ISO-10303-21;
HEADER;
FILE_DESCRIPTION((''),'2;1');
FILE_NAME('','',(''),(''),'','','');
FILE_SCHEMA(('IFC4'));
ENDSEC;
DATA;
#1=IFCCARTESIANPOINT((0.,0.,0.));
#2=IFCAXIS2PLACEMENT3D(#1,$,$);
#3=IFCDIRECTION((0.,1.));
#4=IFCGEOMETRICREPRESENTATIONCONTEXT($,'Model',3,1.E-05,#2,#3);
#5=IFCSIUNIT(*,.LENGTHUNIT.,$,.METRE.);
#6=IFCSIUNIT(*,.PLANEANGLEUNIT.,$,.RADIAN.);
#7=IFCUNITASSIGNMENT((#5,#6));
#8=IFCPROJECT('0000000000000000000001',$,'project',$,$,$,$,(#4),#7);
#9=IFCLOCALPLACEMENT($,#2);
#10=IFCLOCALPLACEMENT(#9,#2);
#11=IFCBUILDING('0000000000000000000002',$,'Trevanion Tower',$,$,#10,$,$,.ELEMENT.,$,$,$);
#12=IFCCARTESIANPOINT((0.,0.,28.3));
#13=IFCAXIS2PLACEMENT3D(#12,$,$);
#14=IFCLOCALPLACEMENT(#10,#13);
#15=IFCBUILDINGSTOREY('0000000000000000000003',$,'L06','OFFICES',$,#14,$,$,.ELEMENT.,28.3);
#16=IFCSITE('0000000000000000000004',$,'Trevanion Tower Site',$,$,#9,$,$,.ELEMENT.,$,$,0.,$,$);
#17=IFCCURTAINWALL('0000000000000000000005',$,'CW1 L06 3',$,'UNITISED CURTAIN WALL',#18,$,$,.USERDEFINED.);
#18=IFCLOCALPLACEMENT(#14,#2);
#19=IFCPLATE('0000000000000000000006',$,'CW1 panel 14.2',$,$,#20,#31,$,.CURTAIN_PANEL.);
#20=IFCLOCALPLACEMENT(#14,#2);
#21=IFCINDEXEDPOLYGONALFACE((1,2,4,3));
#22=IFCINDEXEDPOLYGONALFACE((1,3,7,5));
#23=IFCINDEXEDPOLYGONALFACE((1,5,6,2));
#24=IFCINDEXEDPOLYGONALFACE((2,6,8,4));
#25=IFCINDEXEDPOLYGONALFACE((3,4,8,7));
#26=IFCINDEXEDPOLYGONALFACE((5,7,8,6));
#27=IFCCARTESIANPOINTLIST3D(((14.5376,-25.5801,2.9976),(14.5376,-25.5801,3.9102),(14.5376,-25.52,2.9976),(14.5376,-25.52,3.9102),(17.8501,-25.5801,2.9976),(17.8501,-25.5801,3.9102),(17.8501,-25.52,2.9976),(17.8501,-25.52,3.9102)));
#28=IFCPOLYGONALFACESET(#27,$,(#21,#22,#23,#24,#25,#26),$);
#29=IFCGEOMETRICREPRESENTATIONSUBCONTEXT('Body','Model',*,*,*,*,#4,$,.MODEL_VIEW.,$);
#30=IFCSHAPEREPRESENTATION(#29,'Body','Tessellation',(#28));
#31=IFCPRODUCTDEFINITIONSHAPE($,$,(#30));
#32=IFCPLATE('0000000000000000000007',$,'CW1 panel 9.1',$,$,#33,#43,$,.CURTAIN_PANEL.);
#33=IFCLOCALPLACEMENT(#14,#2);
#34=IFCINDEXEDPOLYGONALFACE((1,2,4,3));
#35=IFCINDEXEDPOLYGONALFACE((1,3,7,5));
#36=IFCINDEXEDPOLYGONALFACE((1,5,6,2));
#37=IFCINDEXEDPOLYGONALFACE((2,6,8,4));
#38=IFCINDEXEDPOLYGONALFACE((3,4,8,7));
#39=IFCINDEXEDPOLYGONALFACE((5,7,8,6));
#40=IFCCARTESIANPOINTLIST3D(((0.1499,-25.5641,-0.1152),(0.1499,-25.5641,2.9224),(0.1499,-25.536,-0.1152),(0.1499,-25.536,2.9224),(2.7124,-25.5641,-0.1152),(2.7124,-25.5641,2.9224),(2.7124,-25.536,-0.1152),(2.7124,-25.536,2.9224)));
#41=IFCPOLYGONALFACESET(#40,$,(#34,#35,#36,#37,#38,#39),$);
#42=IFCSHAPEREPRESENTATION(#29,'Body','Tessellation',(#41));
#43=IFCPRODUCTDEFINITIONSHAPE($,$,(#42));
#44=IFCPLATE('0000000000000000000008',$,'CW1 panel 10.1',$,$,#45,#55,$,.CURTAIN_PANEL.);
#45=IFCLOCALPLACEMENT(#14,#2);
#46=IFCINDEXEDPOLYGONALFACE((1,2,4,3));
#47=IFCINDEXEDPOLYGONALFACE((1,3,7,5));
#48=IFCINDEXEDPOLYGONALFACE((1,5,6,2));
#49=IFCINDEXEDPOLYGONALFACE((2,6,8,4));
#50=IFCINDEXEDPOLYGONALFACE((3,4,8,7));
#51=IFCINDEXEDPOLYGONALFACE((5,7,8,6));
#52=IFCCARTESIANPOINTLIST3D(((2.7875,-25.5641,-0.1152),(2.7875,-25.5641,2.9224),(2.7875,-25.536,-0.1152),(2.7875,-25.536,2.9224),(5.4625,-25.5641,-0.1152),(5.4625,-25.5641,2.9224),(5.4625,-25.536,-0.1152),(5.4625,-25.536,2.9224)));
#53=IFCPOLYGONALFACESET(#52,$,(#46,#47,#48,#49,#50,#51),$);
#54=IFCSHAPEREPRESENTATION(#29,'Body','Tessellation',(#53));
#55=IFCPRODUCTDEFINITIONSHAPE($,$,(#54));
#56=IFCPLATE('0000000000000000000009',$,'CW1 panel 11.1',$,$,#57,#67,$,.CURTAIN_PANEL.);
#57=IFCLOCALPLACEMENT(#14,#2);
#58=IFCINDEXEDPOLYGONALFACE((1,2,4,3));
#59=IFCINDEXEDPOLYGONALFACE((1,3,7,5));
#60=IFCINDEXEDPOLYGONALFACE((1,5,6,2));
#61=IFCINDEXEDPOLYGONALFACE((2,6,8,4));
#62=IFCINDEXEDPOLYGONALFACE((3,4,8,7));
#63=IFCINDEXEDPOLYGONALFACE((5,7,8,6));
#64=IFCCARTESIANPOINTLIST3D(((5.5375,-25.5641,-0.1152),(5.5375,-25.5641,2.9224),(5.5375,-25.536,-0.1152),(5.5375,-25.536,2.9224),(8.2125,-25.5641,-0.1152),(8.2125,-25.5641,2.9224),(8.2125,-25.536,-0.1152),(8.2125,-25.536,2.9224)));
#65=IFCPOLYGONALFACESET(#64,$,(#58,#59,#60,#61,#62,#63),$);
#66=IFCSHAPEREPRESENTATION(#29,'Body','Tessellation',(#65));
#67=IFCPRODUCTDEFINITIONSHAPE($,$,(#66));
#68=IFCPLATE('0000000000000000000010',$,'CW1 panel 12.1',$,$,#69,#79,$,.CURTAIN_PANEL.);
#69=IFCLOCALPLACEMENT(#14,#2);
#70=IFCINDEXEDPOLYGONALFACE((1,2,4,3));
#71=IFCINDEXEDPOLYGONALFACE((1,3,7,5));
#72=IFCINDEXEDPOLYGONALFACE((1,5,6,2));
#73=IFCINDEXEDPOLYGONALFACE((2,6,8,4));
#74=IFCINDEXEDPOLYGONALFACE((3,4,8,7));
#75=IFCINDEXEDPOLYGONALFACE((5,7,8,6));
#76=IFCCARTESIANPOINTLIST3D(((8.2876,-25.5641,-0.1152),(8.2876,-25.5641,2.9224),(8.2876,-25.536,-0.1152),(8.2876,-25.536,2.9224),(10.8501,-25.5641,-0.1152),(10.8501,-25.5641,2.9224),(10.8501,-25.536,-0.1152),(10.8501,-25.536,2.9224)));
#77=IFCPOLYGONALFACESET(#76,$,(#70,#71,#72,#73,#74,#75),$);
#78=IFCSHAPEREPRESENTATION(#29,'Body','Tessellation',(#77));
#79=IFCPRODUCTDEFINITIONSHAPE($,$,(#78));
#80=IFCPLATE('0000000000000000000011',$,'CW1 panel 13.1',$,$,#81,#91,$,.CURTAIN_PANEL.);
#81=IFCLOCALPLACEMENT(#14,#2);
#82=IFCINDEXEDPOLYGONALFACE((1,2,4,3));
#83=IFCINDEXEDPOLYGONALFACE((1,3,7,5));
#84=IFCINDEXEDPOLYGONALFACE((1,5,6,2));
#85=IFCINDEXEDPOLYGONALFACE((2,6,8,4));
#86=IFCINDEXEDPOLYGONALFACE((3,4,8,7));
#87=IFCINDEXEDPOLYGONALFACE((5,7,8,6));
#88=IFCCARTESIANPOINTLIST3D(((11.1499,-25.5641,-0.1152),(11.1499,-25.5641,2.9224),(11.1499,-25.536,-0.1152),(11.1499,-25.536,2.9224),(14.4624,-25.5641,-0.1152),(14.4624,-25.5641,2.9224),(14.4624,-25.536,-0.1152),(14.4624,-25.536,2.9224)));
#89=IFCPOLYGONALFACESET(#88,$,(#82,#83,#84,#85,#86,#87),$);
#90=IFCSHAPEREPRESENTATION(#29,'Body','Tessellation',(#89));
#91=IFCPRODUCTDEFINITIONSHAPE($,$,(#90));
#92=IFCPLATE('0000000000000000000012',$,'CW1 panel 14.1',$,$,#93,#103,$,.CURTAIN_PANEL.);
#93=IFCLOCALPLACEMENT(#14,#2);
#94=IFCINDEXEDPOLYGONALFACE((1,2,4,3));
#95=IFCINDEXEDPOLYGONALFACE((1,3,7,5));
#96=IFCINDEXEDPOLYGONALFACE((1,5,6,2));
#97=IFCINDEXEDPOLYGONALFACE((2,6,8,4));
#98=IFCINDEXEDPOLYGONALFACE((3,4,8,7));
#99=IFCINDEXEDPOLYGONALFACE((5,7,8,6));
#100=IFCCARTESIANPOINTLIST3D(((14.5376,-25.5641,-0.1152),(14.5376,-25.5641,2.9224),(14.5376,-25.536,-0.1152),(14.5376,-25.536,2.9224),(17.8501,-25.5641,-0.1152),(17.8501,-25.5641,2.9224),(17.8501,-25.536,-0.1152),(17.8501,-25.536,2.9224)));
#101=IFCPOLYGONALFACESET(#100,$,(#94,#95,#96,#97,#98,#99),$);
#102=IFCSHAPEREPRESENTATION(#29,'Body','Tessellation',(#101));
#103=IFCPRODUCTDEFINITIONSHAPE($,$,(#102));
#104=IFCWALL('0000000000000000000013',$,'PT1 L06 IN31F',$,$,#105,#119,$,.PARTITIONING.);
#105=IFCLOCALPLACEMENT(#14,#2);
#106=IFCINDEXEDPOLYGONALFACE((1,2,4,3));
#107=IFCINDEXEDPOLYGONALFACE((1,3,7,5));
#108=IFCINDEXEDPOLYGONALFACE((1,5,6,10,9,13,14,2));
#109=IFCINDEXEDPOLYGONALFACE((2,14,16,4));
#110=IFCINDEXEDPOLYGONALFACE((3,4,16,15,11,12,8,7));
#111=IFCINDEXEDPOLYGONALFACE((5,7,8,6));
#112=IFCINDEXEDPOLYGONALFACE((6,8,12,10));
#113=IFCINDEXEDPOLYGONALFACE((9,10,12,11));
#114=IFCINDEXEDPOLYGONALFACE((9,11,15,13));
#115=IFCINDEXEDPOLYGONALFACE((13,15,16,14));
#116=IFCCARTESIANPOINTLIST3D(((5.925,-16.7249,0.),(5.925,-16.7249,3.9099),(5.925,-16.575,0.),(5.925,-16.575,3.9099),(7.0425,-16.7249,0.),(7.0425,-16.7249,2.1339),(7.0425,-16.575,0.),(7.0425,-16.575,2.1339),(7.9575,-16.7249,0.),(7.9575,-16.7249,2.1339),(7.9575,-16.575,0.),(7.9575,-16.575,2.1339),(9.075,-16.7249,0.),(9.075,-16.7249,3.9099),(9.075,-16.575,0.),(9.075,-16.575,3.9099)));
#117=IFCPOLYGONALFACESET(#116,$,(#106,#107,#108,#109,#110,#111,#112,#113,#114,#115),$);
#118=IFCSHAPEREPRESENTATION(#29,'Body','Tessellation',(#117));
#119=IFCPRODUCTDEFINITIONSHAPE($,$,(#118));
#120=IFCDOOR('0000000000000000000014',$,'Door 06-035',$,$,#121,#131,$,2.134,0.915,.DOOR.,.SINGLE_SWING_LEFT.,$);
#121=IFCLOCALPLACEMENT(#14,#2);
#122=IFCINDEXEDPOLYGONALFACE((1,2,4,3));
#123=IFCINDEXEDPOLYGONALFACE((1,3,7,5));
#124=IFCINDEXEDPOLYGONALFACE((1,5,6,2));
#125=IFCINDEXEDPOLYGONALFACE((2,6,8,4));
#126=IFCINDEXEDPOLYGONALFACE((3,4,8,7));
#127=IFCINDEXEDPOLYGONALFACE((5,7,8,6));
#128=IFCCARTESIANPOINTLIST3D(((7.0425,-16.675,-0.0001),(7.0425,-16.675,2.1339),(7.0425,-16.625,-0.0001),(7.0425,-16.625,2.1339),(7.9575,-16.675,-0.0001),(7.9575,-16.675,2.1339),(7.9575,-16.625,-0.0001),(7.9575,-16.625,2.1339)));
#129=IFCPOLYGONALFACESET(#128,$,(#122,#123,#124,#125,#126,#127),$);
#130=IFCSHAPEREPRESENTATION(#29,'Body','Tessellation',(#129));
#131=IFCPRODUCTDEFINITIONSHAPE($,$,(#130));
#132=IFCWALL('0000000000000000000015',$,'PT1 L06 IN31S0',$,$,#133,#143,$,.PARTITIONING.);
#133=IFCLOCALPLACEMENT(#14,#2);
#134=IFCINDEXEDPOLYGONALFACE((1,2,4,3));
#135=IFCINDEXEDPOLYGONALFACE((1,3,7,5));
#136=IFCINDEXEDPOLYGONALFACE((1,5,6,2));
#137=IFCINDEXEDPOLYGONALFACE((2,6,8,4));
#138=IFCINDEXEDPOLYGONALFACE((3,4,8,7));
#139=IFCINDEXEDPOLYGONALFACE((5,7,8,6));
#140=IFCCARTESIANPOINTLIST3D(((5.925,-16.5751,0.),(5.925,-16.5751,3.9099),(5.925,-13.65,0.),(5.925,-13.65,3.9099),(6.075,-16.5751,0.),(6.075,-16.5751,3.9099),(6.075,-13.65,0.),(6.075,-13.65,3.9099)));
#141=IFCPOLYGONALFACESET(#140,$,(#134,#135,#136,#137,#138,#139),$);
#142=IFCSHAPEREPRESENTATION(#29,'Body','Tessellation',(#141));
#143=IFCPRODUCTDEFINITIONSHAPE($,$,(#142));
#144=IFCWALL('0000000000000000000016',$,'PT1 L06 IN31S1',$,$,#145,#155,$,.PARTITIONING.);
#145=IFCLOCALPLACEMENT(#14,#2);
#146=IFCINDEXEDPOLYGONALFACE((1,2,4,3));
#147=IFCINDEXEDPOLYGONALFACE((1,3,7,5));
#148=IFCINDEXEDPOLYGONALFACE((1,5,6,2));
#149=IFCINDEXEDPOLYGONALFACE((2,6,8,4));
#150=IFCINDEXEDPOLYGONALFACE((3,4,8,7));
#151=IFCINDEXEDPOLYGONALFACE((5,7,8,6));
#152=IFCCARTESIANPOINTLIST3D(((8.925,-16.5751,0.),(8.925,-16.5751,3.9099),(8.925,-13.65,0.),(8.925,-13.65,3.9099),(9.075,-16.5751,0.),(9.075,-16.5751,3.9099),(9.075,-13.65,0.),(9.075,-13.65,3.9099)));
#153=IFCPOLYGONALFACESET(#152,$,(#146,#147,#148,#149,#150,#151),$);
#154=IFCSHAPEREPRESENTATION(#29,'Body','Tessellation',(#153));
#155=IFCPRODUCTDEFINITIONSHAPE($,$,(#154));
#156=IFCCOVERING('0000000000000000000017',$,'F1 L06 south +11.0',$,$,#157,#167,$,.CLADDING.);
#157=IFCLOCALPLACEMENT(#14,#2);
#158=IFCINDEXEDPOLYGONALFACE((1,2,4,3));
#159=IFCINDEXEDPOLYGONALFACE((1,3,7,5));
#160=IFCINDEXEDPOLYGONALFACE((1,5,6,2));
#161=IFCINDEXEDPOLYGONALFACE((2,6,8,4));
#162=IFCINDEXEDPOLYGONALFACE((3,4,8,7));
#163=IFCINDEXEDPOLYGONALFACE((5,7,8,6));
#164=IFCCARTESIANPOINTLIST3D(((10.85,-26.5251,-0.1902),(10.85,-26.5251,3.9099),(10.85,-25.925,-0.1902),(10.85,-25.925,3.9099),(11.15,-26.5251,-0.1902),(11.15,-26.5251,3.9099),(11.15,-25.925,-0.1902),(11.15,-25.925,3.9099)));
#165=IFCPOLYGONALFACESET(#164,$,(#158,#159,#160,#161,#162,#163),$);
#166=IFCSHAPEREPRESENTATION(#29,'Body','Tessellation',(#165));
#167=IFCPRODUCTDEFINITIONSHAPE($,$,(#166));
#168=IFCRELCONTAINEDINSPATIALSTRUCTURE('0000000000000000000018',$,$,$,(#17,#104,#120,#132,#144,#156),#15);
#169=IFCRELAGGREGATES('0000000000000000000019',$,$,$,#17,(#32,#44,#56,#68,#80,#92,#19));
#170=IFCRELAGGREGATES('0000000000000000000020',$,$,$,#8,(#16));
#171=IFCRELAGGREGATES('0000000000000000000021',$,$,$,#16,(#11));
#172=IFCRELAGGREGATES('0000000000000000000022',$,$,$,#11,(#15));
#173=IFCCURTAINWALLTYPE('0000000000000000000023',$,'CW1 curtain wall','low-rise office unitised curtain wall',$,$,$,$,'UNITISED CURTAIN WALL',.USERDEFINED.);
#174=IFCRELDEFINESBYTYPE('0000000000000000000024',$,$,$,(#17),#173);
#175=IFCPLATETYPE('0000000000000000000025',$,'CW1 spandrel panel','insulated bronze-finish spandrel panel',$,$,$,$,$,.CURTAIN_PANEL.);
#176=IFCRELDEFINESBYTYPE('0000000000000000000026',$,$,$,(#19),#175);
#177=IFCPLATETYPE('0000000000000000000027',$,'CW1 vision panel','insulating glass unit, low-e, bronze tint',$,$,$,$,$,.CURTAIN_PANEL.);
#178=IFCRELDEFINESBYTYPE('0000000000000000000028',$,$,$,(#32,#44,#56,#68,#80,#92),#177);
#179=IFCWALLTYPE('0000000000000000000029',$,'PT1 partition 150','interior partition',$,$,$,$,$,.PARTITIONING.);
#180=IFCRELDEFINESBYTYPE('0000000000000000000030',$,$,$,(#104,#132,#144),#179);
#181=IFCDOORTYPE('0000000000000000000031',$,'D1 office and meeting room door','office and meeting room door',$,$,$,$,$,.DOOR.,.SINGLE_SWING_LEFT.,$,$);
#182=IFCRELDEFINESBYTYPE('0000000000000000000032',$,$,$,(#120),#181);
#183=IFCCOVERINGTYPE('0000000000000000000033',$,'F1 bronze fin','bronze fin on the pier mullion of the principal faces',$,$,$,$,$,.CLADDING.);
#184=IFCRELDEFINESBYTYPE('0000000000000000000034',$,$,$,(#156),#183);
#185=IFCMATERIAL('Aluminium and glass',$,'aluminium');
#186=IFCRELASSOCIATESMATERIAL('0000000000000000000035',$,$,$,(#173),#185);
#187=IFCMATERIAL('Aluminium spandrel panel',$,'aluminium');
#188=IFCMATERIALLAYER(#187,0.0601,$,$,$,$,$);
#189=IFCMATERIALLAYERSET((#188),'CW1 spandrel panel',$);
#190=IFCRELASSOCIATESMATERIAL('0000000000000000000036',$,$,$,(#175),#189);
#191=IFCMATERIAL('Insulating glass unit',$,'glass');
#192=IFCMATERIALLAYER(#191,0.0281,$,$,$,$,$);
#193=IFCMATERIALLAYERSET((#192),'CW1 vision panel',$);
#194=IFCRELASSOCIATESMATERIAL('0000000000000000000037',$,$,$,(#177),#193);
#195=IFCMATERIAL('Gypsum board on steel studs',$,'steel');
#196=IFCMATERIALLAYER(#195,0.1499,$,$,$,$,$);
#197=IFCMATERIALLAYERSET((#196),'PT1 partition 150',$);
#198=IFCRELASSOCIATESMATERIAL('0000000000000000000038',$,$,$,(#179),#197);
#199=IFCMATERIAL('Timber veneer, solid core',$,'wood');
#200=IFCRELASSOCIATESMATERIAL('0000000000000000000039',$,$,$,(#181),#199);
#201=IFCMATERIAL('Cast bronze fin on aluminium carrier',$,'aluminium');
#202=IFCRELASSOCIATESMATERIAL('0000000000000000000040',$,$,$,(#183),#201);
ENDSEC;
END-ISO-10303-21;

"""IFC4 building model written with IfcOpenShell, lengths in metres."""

from ifc_helpers import new_model, si_unit, direction, frame, frame_2d, origin, origin_2d, place, context, subcontext, project, spatial, rectangle, extrude, material, layer, layer_set, type_object, element, fill, aggregate, save


model = new_model("IFC4")

# Units and contexts
model_context = context("Model", 3, precision=1e-05, world=origin(), true_north=direction((0.0, 1.0)))
body_context = subcontext(model_context, "Body", "Model", "MODEL_VIEW")
ifc_project = project(units=[si_unit("LENGTHUNIT", "METRE"), si_unit("PLANEANGLEUNIT", "RADIAN")], contexts=[model_context])

# Site, building, storey
site_placement = place(None, origin())
site = spatial("IfcSite", under=ifc_project, at=site_placement, Name="Trevanion Tower Site", CompositionType="ELEMENT", RefElevation=0.0)
building_placement = place(site_placement, origin())
building = spatial("IfcBuilding", under=site, at=building_placement, Name="Trevanion Tower", CompositionType="ELEMENT")
storey_placement = place(building_placement, frame((0.0, 0.0, 28.3)))
storey = spatial("IfcBuildingStorey", under=building, at=storey_placement, Name="L06", Description="OFFICES", CompositionType="ELEMENT", Elevation=28.3)

# Curtain wall
ifc_material_1 = material(Name="Aluminium and glass", Category="aluminium")
curtain_wall_type = type_object("IfcCurtainWallType", Name="CW1 curtain wall", Description="low-rise office unitised curtain wall", ElementType="UNITISED CURTAIN WALL", PredefinedType="USERDEFINED", material=ifc_material_1)
curtain_wall_placement = place(storey_placement, origin())
curtain_wall = element("IfcCurtainWall", 1, at=curtain_wall_placement, inside=storey, type_object=curtain_wall_type, Name="CW1 L06 3", ObjectType="UNITISED CURTAIN WALL", PredefinedType="USERDEFINED")

# Plates
ifc_material_2 = material(Name="Aluminium spandrel panel", Category="aluminium")
ifc_layer_1 = layer(ifc_material_2, 0.0601)
ifc_layer_set_1 = layer_set([ifc_layer_1], Name="CW1 spandrel panel")
plate_type_1 = type_object("IfcPlateType", Name="CW1 spandrel panel", Description="insulated bronze-finish spandrel panel", PredefinedType="CURTAIN_PANEL", material=ifc_layer_set_1)
plate_1_placement = place(storey_placement, frame((16.1938, -25.55, 2.9976), z_axis=(0.0, 0.0, 1.0), x_axis=(1.0, 0.0, 0.0)))
plate_1 = element("IfcPlate", 2, at=plate_1_placement, type_object=plate_type_1, Name="CW1 panel 14.2", PredefinedType="CURTAIN_PANEL", context=body_context, shape_type="SweptSolid", body=[
    extrude(rectangle(XDim=3.3125, YDim=0.0601, at=origin_2d()), origin(), (0.0, 0.0, 1.0), 0.9126),
])
ifc_material_3 = material(Name="Insulating glass unit", Category="glass")
ifc_layer_2 = layer(ifc_material_3, 0.0281)
ifc_layer_set_2 = layer_set([ifc_layer_2], Name="CW1 vision panel")
plate_type_2 = type_object("IfcPlateType", Name="CW1 vision panel", Description="insulating glass unit, low-e, bronze tint", PredefinedType="CURTAIN_PANEL", material=ifc_layer_set_2)
plate_2_placement = place(storey_placement, frame((1.4312, -25.55, -0.1152), z_axis=(0.0, 0.0, 1.0), x_axis=(1.0, 0.0, 0.0)))
plate_2 = element("IfcPlate", 3, at=plate_2_placement, type_object=plate_type_2, Name="CW1 panel 9.1", PredefinedType="CURTAIN_PANEL", context=body_context, shape_type="SweptSolid", body=[
    extrude(rectangle(XDim=2.5625, YDim=0.0281, at=origin_2d()), origin(), (0.0, 0.0, 1.0), 3.0376),
])
plate_3_placement = place(storey_placement, frame((4.125, -25.55, -0.1152), z_axis=(0.0, 0.0, 1.0), x_axis=(1.0, 0.0, 0.0)))
plate_3 = element("IfcPlate", 4, at=plate_3_placement, type_object=plate_type_2, Name="CW1 panel 10.1", PredefinedType="CURTAIN_PANEL", context=body_context, shape_type="SweptSolid", body=[
    extrude(rectangle(XDim=2.675, YDim=0.0281, at=origin_2d()), origin(), (0.0, 0.0, 1.0), 3.0376),
])
plate_4_placement = place(storey_placement, frame((6.875, -25.55, -0.1152), z_axis=(0.0, 0.0, 1.0), x_axis=(1.0, 0.0, 0.0)))
plate_4 = element("IfcPlate", 5, at=plate_4_placement, type_object=plate_type_2, Name="CW1 panel 11.1", PredefinedType="CURTAIN_PANEL", context=body_context, shape_type="SweptSolid", body=[
    extrude(rectangle(XDim=2.675, YDim=0.0281, at=origin_2d()), origin(), (0.0, 0.0, 1.0), 3.0376),
])
plate_5_placement = place(storey_placement, frame((9.5688, -25.55, -0.1152), z_axis=(0.0, 0.0, 1.0), x_axis=(1.0, 0.0, 0.0)))
plate_5 = element("IfcPlate", 6, at=plate_5_placement, type_object=plate_type_2, Name="CW1 panel 12.1", PredefinedType="CURTAIN_PANEL", context=body_context, shape_type="SweptSolid", body=[
    extrude(rectangle(XDim=2.5625, YDim=0.0281, at=origin_2d()), origin(), (0.0, 0.0, 1.0), 3.0376),
])
plate_6_placement = place(storey_placement, frame((12.8062, -25.55, -0.1152), z_axis=(0.0, 0.0, 1.0), x_axis=(1.0, 0.0, 0.0)))
plate_6 = element("IfcPlate", 7, at=plate_6_placement, type_object=plate_type_2, Name="CW1 panel 13.1", PredefinedType="CURTAIN_PANEL", context=body_context, shape_type="SweptSolid", body=[
    extrude(rectangle(XDim=3.3125, YDim=0.0281, at=origin_2d()), origin(), (0.0, 0.0, 1.0), 3.0376),
])
plate_7_placement = place(storey_placement, frame((16.1938, -25.55, -0.1152), z_axis=(0.0, 0.0, 1.0), x_axis=(1.0, 0.0, 0.0)))
plate_7 = element("IfcPlate", 8, at=plate_7_placement, type_object=plate_type_2, Name="CW1 panel 14.1", PredefinedType="CURTAIN_PANEL", context=body_context, shape_type="SweptSolid", body=[
    extrude(rectangle(XDim=3.3125, YDim=0.0281, at=origin_2d()), origin(), (0.0, 0.0, 1.0), 3.0376),
])
aggregate(curtain_wall, [plate_2, plate_3, plate_4, plate_5, plate_6, plate_7, plate_1])

# Wall, opening, door
ifc_material_4 = material(Name="Gypsum board on steel studs", Category="steel")
ifc_layer_3 = layer(ifc_material_4, 0.1499)
ifc_layer_set_3 = layer_set([ifc_layer_3], Name="PT1 partition 150")
wall_type = type_object("IfcWallType", Name="PT1 partition 150", Description="interior partition", PredefinedType="PARTITIONING", material=ifc_layer_set_3)
wall_placement = place(storey_placement, frame((5.925, -16.6499, 0.0), z_axis=(0.0, 0.0, 1.0), x_axis=(1.0, 0.0, 0.0)))
wall = element("IfcWall", 9, at=wall_placement, inside=storey, type_object=wall_type, Name="PT1 L06 IN31F", PredefinedType="PARTITIONING", context=body_context, shape_type="SweptSolid", body=[
    extrude(rectangle(XDim=3.1499, YDim=0.1499, at=frame_2d((1.575, 0.0))), origin(), (0.0, 0.0, 1.0), 3.9099),
])
opening_placement = place(wall_placement, frame((1.1174, 0.0, 0.0)))
opening = element("IfcOpeningElement", 10, at=opening_placement, cuts=wall, PredefinedType="OPENING", context=body_context, shape_type="SweptSolid", body=[
    extrude(rectangle(XDim=0.915, YDim=2.134, at=frame_2d((0.4575, 1.0669))), frame((0.0, 0.085, 0.0), z_axis=(0.0, -1.0, 0.0), x_axis=(1.0, 0.0, 0.0)), (0.0, 0.0, 1.0), 0.1699),
])
ifc_material_5 = material(Name="Timber veneer, solid core", Category="wood")
door_type = type_object("IfcDoorType", Name="D1 office and meeting room door", Description="office and meeting room door", OperationType="SINGLE_SWING_LEFT", PredefinedType="DOOR", material=ifc_material_5)
door_placement = place(opening_placement, origin())
door = element("IfcDoor", 11, at=door_placement, inside=storey, type_object=door_type, Name="Door 06-035", OperationType="SINGLE_SWING_LEFT", OverallHeight=2.134, OverallWidth=0.915, PredefinedType="DOOR", context=body_context, shape_type="SweptSolid", body=[
    extrude(rectangle(XDim=0.915, YDim=2.134, at=frame_2d((0.4575, 1.0669))), frame((0.0, 0.0249, 0.0), z_axis=(0.0, -1.0, 0.0), x_axis=(1.0, 0.0, 0.0)), (0.0, 0.0, 1.0), 0.05),
])
fill(opening, door)

# Walls
for number, where, z_axis, x_axis, name in (
    (12, (6.0, -16.575, 0.0), (0.0, 0.0, 1.0), (0.0, 1.0, 0.0), "PT1 L06 IN31S0"),
    (13, (9.0, -16.575, 0.0), (0.0, 0.0, 1.0), (0.0, 1.0, 0.0), "PT1 L06 IN31S1"),
):
    element("IfcWall", number, at=place(storey_placement, frame(where, z_axis=z_axis, x_axis=x_axis)), inside=storey, type_object=wall_type, Name=name, PredefinedType="PARTITIONING", context=body_context, shape_type="SweptSolid", body=[
        extrude(rectangle(XDim=2.925, YDim=0.1499, at=frame_2d((1.4624, 0.0))), origin(), (0.0, 0.0, 1.0), 3.9099),
    ])

# Covering
ifc_material_6 = material(Name="Cast bronze fin on aluminium carrier", Category="aluminium")
covering_type = type_object("IfcCoveringType", Name="F1 bronze fin", Description="bronze fin on the pier mullion of the principal faces", PredefinedType="CLADDING", material=ifc_material_6)
covering_placement = place(storey_placement, frame((11.0, -26.2251, -0.1902), z_axis=(0.0, 0.0, 1.0), x_axis=(1.0, 0.0, 0.0)))
element("IfcCovering", 14, at=covering_placement, inside=storey, type_object=covering_type, Name="F1 L06 south +11.0", PredefinedType="CLADDING", context=body_context, shape_type="SweptSolid", body=[
    extrude(rectangle(XDim=0.3, YDim=0.6001, at=origin_2d()), origin(), (0.0, 0.0, 1.0), 4.1001),
])

save(model, "model.ifc")
